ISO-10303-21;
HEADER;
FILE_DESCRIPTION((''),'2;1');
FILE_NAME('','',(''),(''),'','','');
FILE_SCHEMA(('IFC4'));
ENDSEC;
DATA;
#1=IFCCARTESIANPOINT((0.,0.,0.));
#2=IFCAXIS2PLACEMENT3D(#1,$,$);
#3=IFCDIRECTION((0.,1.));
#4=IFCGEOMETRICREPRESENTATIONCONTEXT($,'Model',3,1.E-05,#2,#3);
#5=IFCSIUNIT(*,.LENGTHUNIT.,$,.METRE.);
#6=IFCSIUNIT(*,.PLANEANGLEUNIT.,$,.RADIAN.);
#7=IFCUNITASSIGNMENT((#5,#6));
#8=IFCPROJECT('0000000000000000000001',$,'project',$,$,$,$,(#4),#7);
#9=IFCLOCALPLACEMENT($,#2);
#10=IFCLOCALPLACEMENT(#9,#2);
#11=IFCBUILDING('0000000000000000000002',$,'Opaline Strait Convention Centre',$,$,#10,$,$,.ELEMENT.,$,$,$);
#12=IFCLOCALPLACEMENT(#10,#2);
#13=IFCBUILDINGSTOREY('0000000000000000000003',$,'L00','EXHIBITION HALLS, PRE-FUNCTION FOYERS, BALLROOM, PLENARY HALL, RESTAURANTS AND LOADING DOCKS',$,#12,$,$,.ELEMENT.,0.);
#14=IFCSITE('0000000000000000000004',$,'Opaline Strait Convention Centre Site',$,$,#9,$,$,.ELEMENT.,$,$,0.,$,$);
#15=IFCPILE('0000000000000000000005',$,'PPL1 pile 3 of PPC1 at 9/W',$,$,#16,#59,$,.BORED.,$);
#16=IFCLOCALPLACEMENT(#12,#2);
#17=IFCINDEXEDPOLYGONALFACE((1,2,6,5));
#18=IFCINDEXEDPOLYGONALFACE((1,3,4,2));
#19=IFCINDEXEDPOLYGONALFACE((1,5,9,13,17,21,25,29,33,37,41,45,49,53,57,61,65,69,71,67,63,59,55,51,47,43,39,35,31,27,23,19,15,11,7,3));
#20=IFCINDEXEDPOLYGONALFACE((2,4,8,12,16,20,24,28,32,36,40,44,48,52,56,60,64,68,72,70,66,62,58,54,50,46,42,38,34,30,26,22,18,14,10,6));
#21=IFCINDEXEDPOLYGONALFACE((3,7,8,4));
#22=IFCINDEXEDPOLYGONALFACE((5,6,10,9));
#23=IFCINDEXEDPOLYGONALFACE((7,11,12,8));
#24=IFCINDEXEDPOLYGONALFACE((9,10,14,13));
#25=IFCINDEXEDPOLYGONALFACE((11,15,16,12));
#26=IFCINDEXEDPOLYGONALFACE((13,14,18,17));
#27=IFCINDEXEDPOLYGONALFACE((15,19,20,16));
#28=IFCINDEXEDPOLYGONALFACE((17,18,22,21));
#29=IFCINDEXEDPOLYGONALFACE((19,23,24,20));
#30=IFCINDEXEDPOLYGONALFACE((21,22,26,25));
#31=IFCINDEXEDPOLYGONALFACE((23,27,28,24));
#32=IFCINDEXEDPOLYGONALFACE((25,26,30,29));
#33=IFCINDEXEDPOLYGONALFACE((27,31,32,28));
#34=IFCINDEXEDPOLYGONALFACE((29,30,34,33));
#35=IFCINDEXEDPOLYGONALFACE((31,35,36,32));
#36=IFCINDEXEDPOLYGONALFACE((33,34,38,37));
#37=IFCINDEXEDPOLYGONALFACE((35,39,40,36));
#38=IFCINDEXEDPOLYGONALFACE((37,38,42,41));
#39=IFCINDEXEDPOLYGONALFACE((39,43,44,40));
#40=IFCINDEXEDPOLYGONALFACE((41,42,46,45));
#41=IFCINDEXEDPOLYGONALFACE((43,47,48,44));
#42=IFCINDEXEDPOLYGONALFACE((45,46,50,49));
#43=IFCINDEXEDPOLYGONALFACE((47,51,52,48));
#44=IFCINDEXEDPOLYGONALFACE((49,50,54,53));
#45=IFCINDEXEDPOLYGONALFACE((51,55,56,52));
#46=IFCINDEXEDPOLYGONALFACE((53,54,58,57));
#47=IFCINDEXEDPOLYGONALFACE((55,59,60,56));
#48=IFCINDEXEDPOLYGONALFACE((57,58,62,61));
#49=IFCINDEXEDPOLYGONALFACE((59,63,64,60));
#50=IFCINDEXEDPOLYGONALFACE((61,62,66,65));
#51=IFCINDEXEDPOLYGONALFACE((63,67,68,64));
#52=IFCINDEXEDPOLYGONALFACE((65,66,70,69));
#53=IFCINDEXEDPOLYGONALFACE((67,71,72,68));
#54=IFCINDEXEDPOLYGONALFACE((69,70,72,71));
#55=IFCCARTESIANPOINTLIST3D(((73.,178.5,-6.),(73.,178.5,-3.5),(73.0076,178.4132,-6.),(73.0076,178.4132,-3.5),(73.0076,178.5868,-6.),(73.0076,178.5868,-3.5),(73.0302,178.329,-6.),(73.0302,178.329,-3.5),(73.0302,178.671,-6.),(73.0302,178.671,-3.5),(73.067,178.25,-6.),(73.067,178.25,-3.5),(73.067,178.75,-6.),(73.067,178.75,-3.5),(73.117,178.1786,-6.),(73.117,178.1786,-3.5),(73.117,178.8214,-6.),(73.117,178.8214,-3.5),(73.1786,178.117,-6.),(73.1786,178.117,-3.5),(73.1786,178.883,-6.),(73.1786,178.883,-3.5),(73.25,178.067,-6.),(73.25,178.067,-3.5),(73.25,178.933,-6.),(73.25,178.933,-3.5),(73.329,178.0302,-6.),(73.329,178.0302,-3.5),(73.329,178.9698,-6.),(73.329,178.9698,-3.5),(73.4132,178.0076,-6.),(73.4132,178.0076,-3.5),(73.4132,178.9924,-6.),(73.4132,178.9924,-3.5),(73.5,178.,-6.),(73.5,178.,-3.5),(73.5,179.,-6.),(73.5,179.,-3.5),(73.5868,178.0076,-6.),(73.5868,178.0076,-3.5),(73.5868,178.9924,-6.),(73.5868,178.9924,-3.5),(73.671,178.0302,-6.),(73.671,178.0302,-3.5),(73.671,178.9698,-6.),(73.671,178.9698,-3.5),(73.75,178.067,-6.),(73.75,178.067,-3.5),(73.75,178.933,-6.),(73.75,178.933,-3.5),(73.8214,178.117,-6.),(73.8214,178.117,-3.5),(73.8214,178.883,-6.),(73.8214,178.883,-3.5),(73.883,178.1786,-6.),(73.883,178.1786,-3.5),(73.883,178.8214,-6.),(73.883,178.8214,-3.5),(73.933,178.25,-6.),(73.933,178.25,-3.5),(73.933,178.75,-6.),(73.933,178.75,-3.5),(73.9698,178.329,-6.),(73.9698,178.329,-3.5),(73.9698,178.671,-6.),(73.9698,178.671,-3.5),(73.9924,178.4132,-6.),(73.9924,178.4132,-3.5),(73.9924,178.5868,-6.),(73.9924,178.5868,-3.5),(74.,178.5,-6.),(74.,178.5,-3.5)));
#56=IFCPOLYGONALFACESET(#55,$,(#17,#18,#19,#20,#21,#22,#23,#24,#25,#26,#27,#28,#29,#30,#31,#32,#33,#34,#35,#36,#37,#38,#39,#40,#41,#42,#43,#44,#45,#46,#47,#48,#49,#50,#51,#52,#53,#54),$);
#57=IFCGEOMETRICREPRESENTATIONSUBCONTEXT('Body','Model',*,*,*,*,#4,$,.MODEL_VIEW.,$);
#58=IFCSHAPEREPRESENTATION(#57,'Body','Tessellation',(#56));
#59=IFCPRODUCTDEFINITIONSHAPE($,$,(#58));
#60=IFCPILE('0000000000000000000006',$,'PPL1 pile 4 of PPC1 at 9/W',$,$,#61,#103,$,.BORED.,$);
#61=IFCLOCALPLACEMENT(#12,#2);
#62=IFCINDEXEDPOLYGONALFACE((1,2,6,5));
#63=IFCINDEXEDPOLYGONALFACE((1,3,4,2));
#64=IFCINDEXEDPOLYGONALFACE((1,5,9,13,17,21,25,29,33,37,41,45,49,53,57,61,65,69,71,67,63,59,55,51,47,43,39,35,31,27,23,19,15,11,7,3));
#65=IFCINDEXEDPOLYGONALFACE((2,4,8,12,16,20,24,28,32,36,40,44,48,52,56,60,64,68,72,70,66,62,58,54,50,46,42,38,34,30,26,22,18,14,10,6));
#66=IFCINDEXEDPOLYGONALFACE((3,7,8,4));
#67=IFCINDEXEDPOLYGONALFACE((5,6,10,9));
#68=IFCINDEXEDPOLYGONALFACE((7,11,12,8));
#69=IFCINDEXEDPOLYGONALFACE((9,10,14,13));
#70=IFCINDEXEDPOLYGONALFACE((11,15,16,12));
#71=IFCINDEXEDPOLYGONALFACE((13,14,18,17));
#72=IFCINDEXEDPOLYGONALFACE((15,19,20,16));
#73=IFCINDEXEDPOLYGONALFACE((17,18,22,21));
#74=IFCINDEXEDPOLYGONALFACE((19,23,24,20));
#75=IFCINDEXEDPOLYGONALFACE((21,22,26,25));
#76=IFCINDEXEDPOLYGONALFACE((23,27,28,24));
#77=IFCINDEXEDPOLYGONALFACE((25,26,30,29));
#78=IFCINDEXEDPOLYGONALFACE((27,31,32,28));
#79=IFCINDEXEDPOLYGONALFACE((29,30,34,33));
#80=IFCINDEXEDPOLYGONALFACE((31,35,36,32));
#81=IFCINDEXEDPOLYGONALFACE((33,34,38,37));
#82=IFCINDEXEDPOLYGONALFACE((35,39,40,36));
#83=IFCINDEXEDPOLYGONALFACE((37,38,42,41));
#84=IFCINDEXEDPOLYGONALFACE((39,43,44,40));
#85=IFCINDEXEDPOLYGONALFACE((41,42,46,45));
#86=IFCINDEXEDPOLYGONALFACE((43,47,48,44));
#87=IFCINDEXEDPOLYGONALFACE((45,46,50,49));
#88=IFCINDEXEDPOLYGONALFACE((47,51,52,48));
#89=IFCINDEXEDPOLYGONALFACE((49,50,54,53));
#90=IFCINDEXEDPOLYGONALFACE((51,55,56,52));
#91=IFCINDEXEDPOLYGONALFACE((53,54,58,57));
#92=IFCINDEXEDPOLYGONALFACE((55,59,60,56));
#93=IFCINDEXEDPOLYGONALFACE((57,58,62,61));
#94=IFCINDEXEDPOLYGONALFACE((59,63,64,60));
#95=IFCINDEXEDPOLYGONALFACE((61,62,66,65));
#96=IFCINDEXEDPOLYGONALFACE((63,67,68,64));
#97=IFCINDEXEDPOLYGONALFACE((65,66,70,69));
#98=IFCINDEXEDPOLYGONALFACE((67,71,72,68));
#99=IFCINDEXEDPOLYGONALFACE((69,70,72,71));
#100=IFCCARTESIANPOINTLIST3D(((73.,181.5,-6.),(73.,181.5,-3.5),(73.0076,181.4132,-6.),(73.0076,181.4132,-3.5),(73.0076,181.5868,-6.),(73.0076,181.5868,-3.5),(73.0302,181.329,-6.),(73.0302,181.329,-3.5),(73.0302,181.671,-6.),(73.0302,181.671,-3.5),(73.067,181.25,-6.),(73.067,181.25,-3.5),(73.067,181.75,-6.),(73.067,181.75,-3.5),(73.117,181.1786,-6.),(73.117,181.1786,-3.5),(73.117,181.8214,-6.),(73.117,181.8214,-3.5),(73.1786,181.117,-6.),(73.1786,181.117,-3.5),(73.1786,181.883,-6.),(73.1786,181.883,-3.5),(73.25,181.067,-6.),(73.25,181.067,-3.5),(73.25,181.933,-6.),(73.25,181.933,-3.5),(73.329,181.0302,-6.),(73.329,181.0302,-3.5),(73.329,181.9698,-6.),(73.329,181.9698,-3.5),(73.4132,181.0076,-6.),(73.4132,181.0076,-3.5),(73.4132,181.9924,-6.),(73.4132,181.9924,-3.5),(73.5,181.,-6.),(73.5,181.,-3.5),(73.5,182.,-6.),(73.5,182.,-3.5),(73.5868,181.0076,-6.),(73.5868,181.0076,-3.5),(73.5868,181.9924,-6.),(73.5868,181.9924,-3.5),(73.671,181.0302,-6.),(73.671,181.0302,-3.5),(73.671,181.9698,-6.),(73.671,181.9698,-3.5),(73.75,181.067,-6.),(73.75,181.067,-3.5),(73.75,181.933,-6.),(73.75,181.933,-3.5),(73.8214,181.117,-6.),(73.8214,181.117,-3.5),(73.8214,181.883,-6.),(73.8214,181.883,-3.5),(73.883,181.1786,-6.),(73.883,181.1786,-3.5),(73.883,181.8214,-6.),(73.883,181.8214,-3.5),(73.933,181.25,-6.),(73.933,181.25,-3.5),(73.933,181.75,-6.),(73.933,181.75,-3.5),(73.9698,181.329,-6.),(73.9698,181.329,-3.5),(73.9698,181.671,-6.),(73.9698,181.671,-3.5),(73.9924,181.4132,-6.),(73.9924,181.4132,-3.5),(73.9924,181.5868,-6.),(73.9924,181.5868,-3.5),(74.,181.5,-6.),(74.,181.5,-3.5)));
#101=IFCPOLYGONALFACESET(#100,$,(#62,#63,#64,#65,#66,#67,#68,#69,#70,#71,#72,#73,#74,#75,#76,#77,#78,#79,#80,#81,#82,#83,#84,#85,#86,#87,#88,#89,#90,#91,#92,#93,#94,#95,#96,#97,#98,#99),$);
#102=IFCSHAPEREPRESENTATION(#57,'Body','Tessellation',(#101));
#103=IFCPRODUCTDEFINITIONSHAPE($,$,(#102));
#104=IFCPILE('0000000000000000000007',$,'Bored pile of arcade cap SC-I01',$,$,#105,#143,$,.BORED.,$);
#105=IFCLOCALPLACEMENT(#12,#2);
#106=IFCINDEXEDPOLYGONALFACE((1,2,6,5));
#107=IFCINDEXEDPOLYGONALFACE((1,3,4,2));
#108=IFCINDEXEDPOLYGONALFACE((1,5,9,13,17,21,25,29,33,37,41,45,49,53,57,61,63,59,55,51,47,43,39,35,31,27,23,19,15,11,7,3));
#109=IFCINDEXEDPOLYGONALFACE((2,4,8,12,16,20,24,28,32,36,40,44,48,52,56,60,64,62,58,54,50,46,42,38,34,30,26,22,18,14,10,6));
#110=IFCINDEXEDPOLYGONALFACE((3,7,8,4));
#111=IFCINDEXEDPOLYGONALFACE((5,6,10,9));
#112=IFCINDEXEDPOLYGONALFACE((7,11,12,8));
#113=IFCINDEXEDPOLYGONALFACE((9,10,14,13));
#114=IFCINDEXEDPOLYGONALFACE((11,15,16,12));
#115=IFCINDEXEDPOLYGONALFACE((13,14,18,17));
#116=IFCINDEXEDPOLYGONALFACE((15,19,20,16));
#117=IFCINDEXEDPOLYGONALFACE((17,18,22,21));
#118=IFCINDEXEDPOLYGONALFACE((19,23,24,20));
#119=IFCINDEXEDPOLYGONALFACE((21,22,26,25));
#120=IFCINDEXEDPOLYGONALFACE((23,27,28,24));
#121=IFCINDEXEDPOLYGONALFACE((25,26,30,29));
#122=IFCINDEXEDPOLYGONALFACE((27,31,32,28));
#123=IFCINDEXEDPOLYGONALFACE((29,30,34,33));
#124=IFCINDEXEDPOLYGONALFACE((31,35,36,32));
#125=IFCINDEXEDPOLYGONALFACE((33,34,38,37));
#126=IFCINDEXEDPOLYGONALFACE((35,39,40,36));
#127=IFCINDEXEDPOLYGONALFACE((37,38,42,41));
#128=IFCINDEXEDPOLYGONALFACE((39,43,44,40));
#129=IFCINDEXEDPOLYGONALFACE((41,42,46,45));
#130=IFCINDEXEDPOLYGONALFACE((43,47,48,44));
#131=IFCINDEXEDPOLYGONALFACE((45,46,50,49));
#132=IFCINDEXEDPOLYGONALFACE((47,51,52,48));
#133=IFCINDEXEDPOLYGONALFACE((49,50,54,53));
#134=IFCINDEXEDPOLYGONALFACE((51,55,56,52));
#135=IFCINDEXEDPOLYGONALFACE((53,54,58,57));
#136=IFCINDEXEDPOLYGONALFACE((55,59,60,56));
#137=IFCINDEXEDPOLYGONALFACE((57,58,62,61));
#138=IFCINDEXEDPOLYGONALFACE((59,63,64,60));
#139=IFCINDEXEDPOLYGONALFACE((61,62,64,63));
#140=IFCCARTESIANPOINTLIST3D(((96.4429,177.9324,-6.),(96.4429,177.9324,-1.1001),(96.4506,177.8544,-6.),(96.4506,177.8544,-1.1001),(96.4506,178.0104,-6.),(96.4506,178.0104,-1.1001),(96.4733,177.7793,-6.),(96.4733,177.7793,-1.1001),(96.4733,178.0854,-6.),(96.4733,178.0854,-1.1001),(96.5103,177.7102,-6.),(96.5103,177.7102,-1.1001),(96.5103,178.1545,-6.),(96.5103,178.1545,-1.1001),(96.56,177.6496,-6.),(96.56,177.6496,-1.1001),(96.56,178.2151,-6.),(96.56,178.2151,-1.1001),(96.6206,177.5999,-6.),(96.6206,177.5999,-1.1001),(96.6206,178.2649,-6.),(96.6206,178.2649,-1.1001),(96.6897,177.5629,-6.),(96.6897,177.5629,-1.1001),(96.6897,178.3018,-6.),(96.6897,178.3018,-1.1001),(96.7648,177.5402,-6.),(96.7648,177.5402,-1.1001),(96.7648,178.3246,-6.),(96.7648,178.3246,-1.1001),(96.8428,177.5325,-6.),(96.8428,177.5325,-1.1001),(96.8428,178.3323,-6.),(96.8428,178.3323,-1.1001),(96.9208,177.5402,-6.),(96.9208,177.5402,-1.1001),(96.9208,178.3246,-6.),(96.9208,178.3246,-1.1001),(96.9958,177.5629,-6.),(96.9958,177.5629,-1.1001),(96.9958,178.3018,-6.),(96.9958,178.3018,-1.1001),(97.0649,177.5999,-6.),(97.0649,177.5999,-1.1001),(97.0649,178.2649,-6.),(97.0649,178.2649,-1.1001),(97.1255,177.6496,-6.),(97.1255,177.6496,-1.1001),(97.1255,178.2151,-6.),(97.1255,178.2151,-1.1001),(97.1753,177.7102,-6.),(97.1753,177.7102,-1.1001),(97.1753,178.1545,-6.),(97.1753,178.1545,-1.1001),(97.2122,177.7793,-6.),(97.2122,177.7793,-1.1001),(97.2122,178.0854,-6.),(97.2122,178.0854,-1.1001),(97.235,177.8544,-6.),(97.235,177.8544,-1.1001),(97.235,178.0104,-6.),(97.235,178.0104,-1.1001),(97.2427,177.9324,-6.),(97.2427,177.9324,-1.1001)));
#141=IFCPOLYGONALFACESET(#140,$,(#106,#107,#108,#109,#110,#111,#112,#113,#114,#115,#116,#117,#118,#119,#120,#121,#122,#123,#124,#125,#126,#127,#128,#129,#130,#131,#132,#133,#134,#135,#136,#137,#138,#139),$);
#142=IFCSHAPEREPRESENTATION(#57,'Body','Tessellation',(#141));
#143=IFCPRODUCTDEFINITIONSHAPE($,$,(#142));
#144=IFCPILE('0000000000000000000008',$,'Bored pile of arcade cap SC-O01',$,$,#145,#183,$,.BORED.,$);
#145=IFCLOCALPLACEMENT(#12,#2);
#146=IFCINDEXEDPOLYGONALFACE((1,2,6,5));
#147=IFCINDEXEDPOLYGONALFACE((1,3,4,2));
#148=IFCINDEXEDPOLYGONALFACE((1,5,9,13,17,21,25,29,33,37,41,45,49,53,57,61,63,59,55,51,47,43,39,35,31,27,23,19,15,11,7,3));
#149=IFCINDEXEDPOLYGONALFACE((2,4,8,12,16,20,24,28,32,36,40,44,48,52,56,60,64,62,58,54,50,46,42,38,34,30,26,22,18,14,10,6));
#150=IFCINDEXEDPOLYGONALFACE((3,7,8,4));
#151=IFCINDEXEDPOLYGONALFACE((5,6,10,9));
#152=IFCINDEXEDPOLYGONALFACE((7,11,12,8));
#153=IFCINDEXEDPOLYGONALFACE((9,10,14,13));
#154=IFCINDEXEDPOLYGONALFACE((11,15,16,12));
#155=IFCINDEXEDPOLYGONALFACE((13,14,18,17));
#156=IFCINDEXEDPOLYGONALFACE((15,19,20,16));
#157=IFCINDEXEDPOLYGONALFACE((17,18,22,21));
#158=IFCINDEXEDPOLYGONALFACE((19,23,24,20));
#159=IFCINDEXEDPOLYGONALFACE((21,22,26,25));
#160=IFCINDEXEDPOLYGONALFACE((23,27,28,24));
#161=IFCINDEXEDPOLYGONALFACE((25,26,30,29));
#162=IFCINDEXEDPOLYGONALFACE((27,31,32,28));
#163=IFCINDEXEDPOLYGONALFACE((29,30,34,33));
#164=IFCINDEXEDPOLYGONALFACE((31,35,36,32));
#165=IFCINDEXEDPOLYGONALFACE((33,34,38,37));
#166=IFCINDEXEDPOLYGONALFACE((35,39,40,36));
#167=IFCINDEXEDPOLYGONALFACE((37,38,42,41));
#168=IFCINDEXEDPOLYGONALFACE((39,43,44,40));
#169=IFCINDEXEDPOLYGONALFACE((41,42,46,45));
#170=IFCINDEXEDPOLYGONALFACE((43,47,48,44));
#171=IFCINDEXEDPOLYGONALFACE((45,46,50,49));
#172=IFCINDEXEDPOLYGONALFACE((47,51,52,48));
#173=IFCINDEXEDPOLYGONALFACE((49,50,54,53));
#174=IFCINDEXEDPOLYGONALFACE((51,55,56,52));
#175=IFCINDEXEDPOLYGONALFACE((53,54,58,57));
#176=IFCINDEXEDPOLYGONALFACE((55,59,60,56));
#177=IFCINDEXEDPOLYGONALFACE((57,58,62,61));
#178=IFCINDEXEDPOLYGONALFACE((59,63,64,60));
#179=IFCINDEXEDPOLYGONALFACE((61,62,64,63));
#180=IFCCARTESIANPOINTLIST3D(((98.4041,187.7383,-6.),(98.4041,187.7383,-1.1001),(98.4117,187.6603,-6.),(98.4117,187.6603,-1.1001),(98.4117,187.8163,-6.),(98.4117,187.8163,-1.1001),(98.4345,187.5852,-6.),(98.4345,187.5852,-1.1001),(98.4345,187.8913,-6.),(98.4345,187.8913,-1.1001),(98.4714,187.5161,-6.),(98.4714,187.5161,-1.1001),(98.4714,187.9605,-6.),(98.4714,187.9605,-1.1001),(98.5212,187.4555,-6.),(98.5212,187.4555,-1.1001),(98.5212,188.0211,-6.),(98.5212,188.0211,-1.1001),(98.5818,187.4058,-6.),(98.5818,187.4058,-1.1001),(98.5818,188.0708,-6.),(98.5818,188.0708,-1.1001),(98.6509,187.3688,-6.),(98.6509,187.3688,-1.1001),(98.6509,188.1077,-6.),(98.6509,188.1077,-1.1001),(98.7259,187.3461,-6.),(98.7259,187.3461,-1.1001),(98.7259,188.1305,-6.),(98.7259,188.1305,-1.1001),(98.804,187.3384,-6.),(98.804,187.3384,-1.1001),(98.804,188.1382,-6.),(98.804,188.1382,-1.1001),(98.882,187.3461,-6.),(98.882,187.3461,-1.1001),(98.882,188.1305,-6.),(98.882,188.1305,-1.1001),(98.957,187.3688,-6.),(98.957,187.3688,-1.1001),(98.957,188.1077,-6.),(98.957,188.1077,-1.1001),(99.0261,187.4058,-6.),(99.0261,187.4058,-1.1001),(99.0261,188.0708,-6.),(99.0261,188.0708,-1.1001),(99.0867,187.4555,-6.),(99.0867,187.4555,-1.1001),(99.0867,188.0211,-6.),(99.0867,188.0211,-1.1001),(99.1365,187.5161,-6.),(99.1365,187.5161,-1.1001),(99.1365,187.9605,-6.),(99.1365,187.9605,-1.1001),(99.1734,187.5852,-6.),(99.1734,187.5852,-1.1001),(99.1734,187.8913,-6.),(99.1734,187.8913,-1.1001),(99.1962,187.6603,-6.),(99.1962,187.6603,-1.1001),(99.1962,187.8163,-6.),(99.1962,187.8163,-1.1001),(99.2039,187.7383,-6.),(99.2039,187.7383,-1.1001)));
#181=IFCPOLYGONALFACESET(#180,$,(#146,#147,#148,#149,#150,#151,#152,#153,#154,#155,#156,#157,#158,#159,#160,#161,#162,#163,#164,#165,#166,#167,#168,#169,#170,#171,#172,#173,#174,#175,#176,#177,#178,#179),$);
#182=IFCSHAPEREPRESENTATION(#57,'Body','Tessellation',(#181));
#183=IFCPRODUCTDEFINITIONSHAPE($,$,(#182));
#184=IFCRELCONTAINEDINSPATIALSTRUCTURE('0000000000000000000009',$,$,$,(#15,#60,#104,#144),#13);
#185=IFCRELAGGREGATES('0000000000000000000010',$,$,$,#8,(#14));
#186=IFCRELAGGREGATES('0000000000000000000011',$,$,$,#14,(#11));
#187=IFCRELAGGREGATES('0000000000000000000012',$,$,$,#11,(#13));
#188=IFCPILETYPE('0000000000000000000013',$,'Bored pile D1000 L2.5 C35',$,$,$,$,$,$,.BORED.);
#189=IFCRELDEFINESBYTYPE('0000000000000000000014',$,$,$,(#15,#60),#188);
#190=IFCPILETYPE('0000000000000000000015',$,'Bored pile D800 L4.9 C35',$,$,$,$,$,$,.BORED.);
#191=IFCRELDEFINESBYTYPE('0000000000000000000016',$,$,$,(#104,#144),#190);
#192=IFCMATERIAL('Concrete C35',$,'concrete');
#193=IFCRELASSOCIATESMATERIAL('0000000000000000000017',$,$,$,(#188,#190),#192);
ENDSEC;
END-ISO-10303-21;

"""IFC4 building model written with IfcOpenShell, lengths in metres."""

from ifc_helpers import new_model, si_unit, direction, frame, origin, origin_2d, place, context, subcontext, project, spatial, circle, extrude, material, material_profile, profile_set, type_object, element, save


model = new_model("IFC4")

# Units and contexts
model_context = context("Model", 3, precision=1e-05, world=origin(), true_north=direction((0.0, 1.0)))
body_context = subcontext(model_context, "Body", "Model", "MODEL_VIEW")
ifc_project = project(units=[si_unit("LENGTHUNIT", "METRE"), si_unit("PLANEANGLEUNIT", "RADIAN")], contexts=[model_context])

# Site, building, storey
site_placement = place(None, origin())
site = spatial("IfcSite", under=ifc_project, at=site_placement, Name="Opaline Strait Convention Centre Site", CompositionType="ELEMENT", RefElevation=0.0)
building_placement = place(site_placement, origin())
building = spatial("IfcBuilding", under=site, at=building_placement, Name="Opaline Strait Convention Centre", CompositionType="ELEMENT")
storey_placement = place(building_placement, origin())
storey = spatial("IfcBuildingStorey", under=building, at=storey_placement, Name="L00", Description="EXHIBITION HALLS, PRE-FUNCTION FOYERS, BALLROOM, PLENARY HALL, RESTAURANTS AND LOADING DOCKS", CompositionType="ELEMENT", Elevation=0.0)

# Piles
ifc_material_1 = material(Name="Concrete C35", Category="concrete")
ifc_material_profile_1 = material_profile(ifc_material_1, circle(Radius=0.5, at=origin_2d()), Name="D1000")
ifc_profile_set_1 = profile_set([ifc_material_profile_1], Name="Concrete C35")
pile_type_1 = type_object("IfcPileType", Name="Bored pile D1000 L2.5 C35", PredefinedType="BORED", material=ifc_profile_set_1)
for number, where, z_axis, x_axis, name in (
    (1, (73.5, 178.5, -3.5), (0.0, 0.0, -1.0), (1.0, 0.0, 0.0), "PPL1 pile 3 of PPC1 at 9/W"),
    (2, (73.5, 181.5, -3.5), (0.0, 0.0, -1.0), (1.0, 0.0, 0.0), "PPL1 pile 4 of PPC1 at 9/W"),
):
    element("IfcPile", number, at=place(storey_placement, frame(where, z_axis=z_axis, x_axis=x_axis)), inside=storey, type_object=pile_type_1, Name=name, PredefinedType="BORED", context=body_context, shape_type="SweptSolid", body=[
        extrude(circle(Radius=0.5, at=origin_2d()), origin(), (0.0, 0.0, 1.0), 2.5),
    ])
ifc_material_profile_2 = material_profile(ifc_material_1, circle(Radius=0.3999, at=origin_2d()), Name="D800")
ifc_profile_set_2 = profile_set([ifc_material_profile_2], Name="Concrete C35")
pile_type_2 = type_object("IfcPileType", Name="Bored pile D800 L4.9 C35", PredefinedType="BORED", material=ifc_profile_set_2)
for number, where, z_axis, x_axis, name in (
    (3, (96.8428, 177.9324, -1.1001), (0.0, 0.0, -1.0), (1.0, 0.0, 0.0), "Bored pile of arcade cap SC-I01"),
    (4, (98.804, 187.7383, -1.1001), (0.0, 0.0, -1.0), (1.0, 0.0, 0.0), "Bored pile of arcade cap SC-O01"),
):
    element("IfcPile", number, at=place(storey_placement, frame(where, z_axis=z_axis, x_axis=x_axis)), inside=storey, type_object=pile_type_2, Name=name, PredefinedType="BORED", context=body_context, shape_type="SweptSolid", body=[
        extrude(circle(Radius=0.3999, at=origin_2d()), origin(), (0.0, 0.0, 1.0), 4.8999),
    ])

save(model, "model.ifc")
